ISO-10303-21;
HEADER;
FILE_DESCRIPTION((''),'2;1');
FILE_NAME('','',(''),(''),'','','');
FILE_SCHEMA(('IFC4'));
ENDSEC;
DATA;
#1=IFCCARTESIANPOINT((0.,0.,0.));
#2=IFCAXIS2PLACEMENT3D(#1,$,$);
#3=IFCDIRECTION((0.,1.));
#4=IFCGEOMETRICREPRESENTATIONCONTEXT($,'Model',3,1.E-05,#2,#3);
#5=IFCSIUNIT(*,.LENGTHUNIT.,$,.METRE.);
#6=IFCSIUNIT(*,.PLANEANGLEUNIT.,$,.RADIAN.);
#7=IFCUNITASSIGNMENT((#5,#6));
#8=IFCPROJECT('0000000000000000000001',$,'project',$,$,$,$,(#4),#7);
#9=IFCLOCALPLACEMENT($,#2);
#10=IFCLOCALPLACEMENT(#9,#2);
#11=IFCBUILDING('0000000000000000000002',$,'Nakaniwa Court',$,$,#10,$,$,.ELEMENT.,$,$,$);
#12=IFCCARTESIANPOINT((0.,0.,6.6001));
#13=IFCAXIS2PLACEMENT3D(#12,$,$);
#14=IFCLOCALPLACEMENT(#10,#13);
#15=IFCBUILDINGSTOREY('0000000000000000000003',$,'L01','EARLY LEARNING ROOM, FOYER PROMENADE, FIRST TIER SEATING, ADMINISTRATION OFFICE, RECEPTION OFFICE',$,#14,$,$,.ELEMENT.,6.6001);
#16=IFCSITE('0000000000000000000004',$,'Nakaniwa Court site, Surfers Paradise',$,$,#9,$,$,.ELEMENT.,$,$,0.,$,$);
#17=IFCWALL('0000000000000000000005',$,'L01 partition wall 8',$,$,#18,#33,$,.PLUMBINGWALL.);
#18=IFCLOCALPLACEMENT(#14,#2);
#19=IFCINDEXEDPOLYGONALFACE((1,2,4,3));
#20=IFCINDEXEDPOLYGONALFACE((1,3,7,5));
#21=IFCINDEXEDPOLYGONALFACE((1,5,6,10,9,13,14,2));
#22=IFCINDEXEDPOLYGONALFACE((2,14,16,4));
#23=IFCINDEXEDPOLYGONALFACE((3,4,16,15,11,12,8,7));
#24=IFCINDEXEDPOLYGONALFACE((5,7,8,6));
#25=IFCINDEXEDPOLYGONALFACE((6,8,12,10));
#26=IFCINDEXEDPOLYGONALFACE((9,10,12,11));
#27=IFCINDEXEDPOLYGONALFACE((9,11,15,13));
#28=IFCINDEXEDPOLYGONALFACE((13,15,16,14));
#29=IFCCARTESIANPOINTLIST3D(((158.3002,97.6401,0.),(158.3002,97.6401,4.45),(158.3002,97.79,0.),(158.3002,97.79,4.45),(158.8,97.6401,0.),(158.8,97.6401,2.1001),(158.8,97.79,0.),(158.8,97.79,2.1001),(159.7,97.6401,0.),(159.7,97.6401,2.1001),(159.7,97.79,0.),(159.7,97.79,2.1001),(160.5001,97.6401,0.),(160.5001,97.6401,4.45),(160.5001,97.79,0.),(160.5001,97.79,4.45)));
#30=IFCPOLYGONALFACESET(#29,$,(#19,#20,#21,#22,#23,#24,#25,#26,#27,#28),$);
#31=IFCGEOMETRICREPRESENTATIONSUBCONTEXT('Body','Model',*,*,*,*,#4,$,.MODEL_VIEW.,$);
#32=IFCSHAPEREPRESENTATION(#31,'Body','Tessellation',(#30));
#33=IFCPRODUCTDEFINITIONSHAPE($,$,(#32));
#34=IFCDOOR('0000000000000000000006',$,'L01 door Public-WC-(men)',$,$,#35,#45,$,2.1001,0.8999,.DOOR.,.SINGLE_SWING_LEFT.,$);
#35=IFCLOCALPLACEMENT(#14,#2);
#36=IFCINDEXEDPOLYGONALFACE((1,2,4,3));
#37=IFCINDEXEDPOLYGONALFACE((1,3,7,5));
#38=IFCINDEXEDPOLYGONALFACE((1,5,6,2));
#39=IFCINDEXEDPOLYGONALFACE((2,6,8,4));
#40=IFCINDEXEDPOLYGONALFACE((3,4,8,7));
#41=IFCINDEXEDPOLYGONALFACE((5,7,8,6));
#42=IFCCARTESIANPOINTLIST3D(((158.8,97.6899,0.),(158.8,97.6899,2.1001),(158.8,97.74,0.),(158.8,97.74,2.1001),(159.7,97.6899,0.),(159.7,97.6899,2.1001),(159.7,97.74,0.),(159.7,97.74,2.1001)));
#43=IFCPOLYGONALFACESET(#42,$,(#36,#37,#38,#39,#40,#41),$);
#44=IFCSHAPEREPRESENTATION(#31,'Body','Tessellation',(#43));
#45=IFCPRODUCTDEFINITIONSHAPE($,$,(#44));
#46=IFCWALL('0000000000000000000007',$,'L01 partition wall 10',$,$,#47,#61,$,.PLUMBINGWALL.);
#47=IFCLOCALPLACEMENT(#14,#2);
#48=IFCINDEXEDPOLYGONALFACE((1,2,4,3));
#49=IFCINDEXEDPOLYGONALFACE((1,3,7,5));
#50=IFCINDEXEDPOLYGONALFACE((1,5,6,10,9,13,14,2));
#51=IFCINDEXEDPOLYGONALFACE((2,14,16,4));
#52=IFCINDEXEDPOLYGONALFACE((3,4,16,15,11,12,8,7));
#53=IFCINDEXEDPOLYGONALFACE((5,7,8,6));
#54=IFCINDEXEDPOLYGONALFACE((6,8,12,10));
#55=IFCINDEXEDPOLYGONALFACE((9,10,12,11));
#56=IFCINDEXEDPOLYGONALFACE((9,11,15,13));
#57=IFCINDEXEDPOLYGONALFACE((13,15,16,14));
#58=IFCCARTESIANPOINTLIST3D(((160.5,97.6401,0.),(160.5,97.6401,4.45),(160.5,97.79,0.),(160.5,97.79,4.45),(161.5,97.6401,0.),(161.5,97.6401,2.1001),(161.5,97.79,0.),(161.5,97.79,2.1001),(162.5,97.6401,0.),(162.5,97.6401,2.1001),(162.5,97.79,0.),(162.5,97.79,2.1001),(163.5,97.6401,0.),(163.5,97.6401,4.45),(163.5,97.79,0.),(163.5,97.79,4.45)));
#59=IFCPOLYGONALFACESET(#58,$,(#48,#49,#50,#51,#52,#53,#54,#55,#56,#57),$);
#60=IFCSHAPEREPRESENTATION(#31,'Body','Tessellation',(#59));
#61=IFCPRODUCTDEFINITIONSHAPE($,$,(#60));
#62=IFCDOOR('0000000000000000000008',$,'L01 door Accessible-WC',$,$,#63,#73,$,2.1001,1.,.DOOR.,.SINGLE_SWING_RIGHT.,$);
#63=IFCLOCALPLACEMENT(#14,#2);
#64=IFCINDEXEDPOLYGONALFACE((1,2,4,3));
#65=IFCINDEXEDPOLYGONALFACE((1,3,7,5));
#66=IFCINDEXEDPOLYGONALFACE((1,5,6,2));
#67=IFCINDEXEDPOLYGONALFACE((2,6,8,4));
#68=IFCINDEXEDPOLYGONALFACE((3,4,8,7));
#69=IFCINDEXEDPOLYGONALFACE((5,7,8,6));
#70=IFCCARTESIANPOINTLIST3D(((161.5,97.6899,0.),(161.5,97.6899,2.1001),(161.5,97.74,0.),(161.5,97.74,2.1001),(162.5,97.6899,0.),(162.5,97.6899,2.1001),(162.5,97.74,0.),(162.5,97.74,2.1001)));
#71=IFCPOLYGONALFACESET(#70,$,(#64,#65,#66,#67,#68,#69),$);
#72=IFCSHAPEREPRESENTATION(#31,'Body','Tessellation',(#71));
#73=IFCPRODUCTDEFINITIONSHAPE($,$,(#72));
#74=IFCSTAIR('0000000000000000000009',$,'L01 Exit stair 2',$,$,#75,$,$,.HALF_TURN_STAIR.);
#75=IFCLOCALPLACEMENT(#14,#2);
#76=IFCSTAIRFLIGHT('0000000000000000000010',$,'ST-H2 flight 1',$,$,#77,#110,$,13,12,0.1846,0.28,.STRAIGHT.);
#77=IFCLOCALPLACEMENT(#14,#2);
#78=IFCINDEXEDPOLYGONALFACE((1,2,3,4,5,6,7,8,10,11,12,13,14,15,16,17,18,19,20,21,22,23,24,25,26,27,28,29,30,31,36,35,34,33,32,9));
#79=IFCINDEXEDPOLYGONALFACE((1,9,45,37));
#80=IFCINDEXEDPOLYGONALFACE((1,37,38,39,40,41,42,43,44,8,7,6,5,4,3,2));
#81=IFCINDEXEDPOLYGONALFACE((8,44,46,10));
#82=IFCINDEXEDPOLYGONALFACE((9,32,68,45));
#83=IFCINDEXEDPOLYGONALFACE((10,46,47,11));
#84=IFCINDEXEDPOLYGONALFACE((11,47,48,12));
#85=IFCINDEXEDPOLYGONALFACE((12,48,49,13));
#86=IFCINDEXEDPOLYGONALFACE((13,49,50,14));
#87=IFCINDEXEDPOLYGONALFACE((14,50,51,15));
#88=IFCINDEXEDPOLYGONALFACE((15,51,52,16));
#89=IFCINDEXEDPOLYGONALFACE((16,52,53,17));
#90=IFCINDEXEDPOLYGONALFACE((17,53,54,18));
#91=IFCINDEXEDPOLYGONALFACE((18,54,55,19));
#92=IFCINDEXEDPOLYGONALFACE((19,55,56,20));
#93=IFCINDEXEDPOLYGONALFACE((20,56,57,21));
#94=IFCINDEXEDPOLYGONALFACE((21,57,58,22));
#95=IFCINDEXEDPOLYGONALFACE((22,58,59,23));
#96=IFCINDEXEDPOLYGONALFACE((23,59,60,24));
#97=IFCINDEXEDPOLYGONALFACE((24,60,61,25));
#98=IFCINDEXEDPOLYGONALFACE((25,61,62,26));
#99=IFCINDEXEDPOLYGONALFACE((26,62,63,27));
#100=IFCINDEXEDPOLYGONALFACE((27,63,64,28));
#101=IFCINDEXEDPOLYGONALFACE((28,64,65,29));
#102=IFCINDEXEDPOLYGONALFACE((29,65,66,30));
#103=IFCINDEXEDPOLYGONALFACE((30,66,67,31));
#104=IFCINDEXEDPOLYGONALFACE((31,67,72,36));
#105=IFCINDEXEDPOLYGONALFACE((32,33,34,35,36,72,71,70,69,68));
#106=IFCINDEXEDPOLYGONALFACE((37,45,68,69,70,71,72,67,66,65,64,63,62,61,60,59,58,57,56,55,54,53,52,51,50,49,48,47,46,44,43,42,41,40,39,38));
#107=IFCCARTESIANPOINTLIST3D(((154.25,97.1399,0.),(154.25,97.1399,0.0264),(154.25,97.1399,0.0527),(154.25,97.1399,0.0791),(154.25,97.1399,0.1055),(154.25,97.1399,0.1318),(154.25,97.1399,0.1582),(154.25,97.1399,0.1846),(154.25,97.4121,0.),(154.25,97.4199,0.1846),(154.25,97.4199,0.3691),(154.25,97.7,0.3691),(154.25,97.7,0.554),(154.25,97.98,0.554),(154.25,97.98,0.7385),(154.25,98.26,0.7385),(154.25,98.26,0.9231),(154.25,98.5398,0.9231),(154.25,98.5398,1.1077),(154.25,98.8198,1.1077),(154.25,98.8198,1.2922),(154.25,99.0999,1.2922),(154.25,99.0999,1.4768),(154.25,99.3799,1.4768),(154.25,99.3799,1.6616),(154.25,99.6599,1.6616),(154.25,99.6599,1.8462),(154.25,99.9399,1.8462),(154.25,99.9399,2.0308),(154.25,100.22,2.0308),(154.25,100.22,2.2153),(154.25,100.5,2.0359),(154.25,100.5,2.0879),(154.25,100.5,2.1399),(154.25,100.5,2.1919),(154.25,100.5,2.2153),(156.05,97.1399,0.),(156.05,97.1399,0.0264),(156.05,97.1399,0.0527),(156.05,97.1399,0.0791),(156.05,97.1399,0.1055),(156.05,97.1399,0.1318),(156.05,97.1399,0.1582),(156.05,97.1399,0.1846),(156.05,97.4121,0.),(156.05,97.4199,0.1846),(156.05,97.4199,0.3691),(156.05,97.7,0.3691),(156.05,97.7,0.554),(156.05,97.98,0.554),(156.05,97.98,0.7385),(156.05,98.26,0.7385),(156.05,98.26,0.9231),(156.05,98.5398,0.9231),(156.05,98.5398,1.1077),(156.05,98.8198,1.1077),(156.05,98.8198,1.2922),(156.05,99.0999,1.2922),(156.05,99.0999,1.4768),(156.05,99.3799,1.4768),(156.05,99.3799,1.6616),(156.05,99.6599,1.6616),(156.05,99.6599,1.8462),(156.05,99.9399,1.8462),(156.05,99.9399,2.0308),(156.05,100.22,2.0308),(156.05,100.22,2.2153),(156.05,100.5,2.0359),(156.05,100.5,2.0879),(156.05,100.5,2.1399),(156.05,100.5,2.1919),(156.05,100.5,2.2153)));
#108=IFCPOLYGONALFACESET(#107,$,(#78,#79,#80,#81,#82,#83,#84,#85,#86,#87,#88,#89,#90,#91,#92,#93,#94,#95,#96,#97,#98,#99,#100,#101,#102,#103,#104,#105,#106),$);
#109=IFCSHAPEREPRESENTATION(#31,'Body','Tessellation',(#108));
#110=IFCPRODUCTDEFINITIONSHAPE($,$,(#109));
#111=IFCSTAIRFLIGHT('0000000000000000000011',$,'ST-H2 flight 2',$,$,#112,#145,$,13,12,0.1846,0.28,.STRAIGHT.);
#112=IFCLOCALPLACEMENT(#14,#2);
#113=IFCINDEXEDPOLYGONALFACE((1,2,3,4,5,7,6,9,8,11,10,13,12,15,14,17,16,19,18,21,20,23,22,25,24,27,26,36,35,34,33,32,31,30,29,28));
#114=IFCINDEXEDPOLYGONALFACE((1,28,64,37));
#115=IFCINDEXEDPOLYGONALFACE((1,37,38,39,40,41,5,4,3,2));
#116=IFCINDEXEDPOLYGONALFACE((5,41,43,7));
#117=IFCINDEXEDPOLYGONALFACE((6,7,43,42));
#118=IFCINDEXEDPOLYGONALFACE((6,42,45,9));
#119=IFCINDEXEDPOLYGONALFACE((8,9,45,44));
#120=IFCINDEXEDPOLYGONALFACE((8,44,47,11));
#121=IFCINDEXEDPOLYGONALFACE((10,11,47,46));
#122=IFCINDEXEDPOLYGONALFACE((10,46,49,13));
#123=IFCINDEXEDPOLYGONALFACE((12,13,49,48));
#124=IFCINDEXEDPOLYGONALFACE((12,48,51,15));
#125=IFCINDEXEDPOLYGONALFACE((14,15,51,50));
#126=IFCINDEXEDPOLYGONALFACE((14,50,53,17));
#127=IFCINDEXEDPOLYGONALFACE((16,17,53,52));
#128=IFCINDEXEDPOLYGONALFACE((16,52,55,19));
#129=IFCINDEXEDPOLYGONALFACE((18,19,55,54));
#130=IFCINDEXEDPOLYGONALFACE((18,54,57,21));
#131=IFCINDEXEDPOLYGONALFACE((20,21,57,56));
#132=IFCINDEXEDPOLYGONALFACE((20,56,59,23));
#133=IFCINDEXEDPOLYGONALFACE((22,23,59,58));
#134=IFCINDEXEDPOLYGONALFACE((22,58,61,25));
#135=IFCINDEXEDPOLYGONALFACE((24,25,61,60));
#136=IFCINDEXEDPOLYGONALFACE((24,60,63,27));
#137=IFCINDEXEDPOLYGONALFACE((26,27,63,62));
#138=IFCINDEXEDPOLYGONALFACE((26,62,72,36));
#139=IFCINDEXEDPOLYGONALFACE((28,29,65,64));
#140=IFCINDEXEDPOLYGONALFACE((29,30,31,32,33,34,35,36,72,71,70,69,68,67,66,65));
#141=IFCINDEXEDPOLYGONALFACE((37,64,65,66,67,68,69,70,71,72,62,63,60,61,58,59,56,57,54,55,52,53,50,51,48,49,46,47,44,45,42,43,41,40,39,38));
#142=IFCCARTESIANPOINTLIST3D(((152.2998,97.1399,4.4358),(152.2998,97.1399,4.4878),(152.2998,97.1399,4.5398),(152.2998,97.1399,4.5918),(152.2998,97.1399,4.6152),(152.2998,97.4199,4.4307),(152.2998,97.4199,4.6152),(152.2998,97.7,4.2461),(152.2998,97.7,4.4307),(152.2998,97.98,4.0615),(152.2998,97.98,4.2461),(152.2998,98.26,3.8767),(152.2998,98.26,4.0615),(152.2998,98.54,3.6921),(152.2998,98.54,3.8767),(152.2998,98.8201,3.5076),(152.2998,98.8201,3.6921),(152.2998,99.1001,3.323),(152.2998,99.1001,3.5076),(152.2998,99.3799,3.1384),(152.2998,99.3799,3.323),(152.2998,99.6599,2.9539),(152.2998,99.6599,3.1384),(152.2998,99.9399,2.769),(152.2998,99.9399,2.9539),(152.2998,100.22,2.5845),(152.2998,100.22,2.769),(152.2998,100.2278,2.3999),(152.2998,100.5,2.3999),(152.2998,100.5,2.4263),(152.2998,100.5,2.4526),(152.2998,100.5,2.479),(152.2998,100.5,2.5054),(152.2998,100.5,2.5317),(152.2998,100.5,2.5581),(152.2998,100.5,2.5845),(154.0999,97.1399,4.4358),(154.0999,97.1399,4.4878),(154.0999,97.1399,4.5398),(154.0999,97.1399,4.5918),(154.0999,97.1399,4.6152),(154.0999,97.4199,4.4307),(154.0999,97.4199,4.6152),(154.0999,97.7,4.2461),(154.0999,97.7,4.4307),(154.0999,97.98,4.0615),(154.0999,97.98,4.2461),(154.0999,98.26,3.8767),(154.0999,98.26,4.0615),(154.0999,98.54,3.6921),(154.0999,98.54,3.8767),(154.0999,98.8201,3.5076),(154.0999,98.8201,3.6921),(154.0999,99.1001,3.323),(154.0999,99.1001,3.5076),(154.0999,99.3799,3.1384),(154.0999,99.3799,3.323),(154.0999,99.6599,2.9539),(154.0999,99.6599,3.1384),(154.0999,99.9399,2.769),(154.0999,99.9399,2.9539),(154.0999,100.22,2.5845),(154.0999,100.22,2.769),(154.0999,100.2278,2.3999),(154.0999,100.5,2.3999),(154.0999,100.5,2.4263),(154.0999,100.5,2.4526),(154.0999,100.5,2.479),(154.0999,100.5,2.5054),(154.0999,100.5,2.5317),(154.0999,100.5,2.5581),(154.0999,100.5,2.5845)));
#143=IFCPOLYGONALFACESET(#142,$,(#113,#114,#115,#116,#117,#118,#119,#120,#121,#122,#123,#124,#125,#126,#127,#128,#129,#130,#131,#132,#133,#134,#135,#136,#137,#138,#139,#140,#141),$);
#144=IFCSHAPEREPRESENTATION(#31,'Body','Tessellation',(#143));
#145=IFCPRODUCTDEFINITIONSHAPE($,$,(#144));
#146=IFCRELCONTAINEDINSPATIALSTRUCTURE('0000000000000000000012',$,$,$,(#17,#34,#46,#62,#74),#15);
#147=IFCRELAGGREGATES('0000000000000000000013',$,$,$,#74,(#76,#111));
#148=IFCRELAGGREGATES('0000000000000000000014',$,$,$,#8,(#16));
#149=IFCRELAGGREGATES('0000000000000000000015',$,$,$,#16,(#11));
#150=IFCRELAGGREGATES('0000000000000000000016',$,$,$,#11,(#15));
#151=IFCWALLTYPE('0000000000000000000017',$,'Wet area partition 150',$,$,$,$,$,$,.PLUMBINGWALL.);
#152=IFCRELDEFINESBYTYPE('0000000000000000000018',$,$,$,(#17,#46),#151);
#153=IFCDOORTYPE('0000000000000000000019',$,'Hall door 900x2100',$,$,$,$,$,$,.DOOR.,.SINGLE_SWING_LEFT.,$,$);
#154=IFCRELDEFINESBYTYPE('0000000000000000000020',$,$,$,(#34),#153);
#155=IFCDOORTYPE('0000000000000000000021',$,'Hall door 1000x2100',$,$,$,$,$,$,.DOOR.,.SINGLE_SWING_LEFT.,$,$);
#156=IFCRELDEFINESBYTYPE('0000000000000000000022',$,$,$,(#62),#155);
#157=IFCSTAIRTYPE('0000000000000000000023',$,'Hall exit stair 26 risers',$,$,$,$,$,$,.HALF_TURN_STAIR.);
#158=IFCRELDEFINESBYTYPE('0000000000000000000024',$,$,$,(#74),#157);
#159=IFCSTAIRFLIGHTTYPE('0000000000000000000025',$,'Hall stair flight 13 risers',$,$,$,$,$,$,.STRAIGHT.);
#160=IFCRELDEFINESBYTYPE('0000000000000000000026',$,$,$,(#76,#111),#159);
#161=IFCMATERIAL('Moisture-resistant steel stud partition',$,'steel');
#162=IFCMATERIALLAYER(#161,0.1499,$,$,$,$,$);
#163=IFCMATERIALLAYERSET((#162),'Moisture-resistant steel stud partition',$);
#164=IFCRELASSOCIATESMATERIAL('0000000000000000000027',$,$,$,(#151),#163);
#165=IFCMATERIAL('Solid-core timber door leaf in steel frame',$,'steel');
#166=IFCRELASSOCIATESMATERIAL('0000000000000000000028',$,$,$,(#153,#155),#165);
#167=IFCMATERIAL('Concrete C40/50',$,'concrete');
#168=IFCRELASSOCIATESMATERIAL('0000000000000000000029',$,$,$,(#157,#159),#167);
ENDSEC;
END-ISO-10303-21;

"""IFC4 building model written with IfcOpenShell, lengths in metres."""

from ifc_helpers import new_model, si_unit, direction, frame, frame_2d, origin, place, context, subcontext, project, spatial, polyline, rectangle, outline, extrude, material, layer, layer_set, type_object, element, fill, aggregate, save


model = new_model("IFC4")

# Units and contexts
model_context = context("Model", 3, precision=1e-05, world=origin(), true_north=direction((0.0, 1.0)))
body_context = subcontext(model_context, "Body", "Model", "MODEL_VIEW")
ifc_project = project(units=[si_unit("LENGTHUNIT", "METRE"), si_unit("PLANEANGLEUNIT", "RADIAN")], contexts=[model_context])

# Site, building, storey
site_placement = place(None, origin())
site = spatial("IfcSite", under=ifc_project, at=site_placement, Name="Nakaniwa Court site, Surfers Paradise", CompositionType="ELEMENT", RefElevation=0.0)
building_placement = place(site_placement, origin())
building = spatial("IfcBuilding", under=site, at=building_placement, Name="Nakaniwa Court", CompositionType="ELEMENT")
storey_placement = place(building_placement, frame((0.0, 0.0, 6.6001)))
storey = spatial("IfcBuildingStorey", under=building, at=storey_placement, Name="L01", Description="EARLY LEARNING ROOM, FOYER PROMENADE, FIRST TIER SEATING, ADMINISTRATION OFFICE, RECEPTION OFFICE", CompositionType="ELEMENT", Elevation=6.6001)

# Shared definitions
ifc_material_1 = material(Name="Concrete C40/50", Category="concrete")

# Shared definitions
ifc_material_2 = material(Name="Solid-core timber door leaf in steel frame", Category="steel")

# Shared definitions
ifc_material_3 = material(Name="Moisture-resistant steel stud partition", Category="steel")
ifc_layer_1 = layer(ifc_material_3, 0.1499)
ifc_layer_set_1 = layer_set([ifc_layer_1], Name="Moisture-resistant steel stud partition")
wall_type_1 = type_object("IfcWallType", Name="Wet area partition 150", PredefinedType="PLUMBINGWALL", material=ifc_layer_set_1)

# Walls, openings, doors
wall_1_placement = place(storey_placement, frame((158.3, 97.7151, 0.0), z_axis=(0.0, 0.0, 1.0), x_axis=(1.0, 0.0, 0.0)))
wall_1 = element("IfcWall", 1, at=wall_1_placement, inside=storey, type_object=wall_type_1, Name="L01 partition wall 8", PredefinedType="PLUMBINGWALL", context=body_context, shape_type="SweptSolid", body=[
    extrude(rectangle(XDim=2.2, YDim=0.1499, at=frame_2d((1.1001, 0.0))), origin(), (0.0, 0.0, 1.0), 4.45),
])
opening_1_placement = place(wall_1_placement, frame((0.5, 0.0, 0.0)))
opening_1 = element("IfcOpeningElement", 2, at=opening_1_placement, cuts=wall_1, PredefinedType="OPENING", context=body_context, shape_type="SweptSolid", body=[
    extrude(rectangle(XDim=0.8999, YDim=2.1001, at=frame_2d((0.45, 1.05))), frame((0.0, 0.085, 0.0), z_axis=(0.0, -1.0, 0.0), x_axis=(1.0, 0.0, 0.0)), (0.0, 0.0, 1.0), 0.1699),
])
door_type_1 = type_object("IfcDoorType", Name="Hall door 900x2100", OperationType="SINGLE_SWING_LEFT", PredefinedType="DOOR", material=ifc_material_2)
door_1_placement = place(opening_1_placement, origin())
door_1 = element("IfcDoor", 3, at=door_1_placement, inside=storey, type_object=door_type_1, Name="L01 door Public-WC-(men)", OperationType="SINGLE_SWING_LEFT", OverallHeight=2.1001, OverallWidth=0.8999, PredefinedType="DOOR", context=body_context, shape_type="SweptSolid", body=[
    extrude(rectangle(XDim=0.8999, YDim=2.1001, at=frame_2d((0.45, 1.05))), frame((0.0, 0.0249, 0.0), z_axis=(0.0, -1.0, 0.0), x_axis=(1.0, 0.0, 0.0)), (0.0, 0.0, 1.0), 0.05),
])
fill(opening_1, door_1)
wall_2_placement = place(storey_placement, frame((160.5, 97.7151, 0.0), z_axis=(0.0, 0.0, 1.0), x_axis=(1.0, 0.0, 0.0)))
wall_2 = element("IfcWall", 4, at=wall_2_placement, inside=storey, type_object=wall_type_1, Name="L01 partition wall 10", PredefinedType="PLUMBINGWALL", context=body_context, shape_type="SweptSolid", body=[
    extrude(rectangle(XDim=3.0, YDim=0.1499, at=frame_2d((1.5, 0.0))), origin(), (0.0, 0.0, 1.0), 4.45),
])
opening_2_placement = place(wall_2_placement, frame((1.0, 0.0, 0.0)))
opening_2 = element("IfcOpeningElement", 5, at=opening_2_placement, cuts=wall_2, PredefinedType="OPENING", context=body_context, shape_type="SweptSolid", body=[
    extrude(rectangle(XDim=1.0, YDim=2.1001, at=frame_2d((0.5, 1.05))), frame((0.0, 0.085, 0.0), z_axis=(0.0, -1.0, 0.0), x_axis=(1.0, 0.0, 0.0)), (0.0, 0.0, 1.0), 0.1699),
])
door_type_2 = type_object("IfcDoorType", Name="Hall door 1000x2100", OperationType="SINGLE_SWING_LEFT", PredefinedType="DOOR", material=ifc_material_2)
door_2_placement = place(opening_2_placement, origin())
door_2 = element("IfcDoor", 6, at=door_2_placement, inside=storey, type_object=door_type_2, Name="L01 door Accessible-WC", OperationType="SINGLE_SWING_RIGHT", OverallHeight=2.1001, OverallWidth=1.0, PredefinedType="DOOR", context=body_context, shape_type="SweptSolid", body=[
    extrude(rectangle(XDim=1.0, YDim=2.1001, at=frame_2d((0.5, 1.05))), frame((0.0, 0.0249, 0.0), z_axis=(0.0, -1.0, 0.0), x_axis=(1.0, 0.0, 0.0)), (0.0, 0.0, 1.0), 0.05),
])
fill(opening_2, door_2)

# Stair, stair flights
stair_type = type_object("IfcStairType", Name="Hall exit stair 26 risers", PredefinedType="HALF_TURN_STAIR", material=ifc_material_1)
stair_placement = place(storey_placement, origin())
stair = element("IfcStair", 7, at=stair_placement, inside=storey, type_object=stair_type, Name="L01 Exit stair 2", PredefinedType="HALF_TURN_STAIR")
stair_flight_type = type_object("IfcStairFlightType", Name="Hall stair flight 13 risers", PredefinedType="STRAIGHT", material=ifc_material_1)
stair_flight_1_placement = place(storey_placement, frame((155.1499, 97.1399, 0.0), z_axis=(0.0, 0.0, 1.0), x_axis=(0.0, 1.0, 0.0)))
stair_flight_1 = element("IfcStairFlight", 8, at=stair_flight_1_placement, type_object=stair_flight_type, Name="ST-H2 flight 1", NumberOfRisers=13, NumberOfTreads=12, PredefinedType="STRAIGHT", RiserHeight=0.1846, TreadLength=0.28, context=body_context, shape_type="SweptSolid", body=[
    extrude(outline(polyline([(0.0, 0.0), (0.0, 0.0264), (0.0, 0.0527), (0.0, 0.0791), (0.0, 0.1055), (0.0, 0.1318), (0.0, 0.1582), (0.0, 0.1846), (0.28, 0.1846), (0.28, 0.3691), (0.5601, 0.3691), (0.5601, 0.554), (0.8401, 0.554), (0.8401, 0.7385), (1.1201, 0.7385), (1.1201, 0.9231), (1.3999, 0.9231), (1.3999, 1.1077), (1.6799, 1.1077), (1.6799, 1.2922), (1.96, 1.2922), (1.96, 1.4768), (2.24, 1.4768), (2.24, 1.6616), (2.52, 1.6616), (2.52, 1.8462), (2.8, 1.8462), (2.8, 2.0308), (3.0801, 2.0308), (3.0801, 2.2153), (3.3601, 2.2153), (3.3601, 2.3999), (3.3601, 2.3479), (3.3601, 2.2959), (3.3601, 2.2439), (3.3601, 2.1919), (3.3601, 2.1399), (3.3601, 2.0879), (3.3601, 2.0359), (0.2722, 0.0), (0.0, 0.0)])), frame((0.0, 0.8999, 0.0), z_axis=(0.0, -1.0, 0.0), x_axis=(1.0, 0.0, 0.0)), (0.0, 0.0, 1.0), 1.8),
])
stair_flight_2_placement = place(storey_placement, frame((153.2, 100.5, 2.3999), z_axis=(0.0, 0.0, 1.0), x_axis=(0.0, -1.0, 0.0)))
stair_flight_2 = element("IfcStairFlight", 9, at=stair_flight_2_placement, type_object=stair_flight_type, Name="ST-H2 flight 2", NumberOfRisers=13, NumberOfTreads=12, PredefinedType="STRAIGHT", RiserHeight=0.1846, TreadLength=0.28, context=body_context, shape_type="SweptSolid", body=[
    extrude(outline(polyline([(0.0, 0.0), (0.0, 0.0264), (0.0, 0.0527), (0.0, 0.0791), (0.0, 0.1055), (0.0, 0.1318), (0.0, 0.1582), (0.0, 0.1846), (0.28, 0.1846), (0.28, 0.3691), (0.5601, 0.3691), (0.5601, 0.554), (0.8401, 0.554), (0.8401, 0.7385), (1.1201, 0.7385), (1.1201, 0.9231), (1.3999, 0.9231), (1.3999, 1.1077), (1.6799, 1.1077), (1.6799, 1.2922), (1.96, 1.2922), (1.96, 1.4768), (2.24, 1.4768), (2.24, 1.6616), (2.52, 1.6616), (2.52, 1.8462), (2.8, 1.8462), (2.8, 2.0308), (3.0801, 2.0308), (3.0801, 2.2153), (3.3601, 2.2153), (3.3601, 2.3999), (3.3601, 2.3479), (3.3601, 2.2959), (3.3601, 2.2439), (3.3601, 2.1919), (3.3601, 2.1399), (3.3601, 2.0879), (3.3601, 2.0359), (0.2722, 0.0), (0.0, 0.0)])), frame((0.0, 0.8999, 0.0), z_axis=(0.0, -1.0, 0.0), x_axis=(1.0, 0.0, 0.0)), (0.0, 0.0, 1.0), 1.8),
])
aggregate(stair, [stair_flight_1, stair_flight_2])

save(model, "model.ifc")
